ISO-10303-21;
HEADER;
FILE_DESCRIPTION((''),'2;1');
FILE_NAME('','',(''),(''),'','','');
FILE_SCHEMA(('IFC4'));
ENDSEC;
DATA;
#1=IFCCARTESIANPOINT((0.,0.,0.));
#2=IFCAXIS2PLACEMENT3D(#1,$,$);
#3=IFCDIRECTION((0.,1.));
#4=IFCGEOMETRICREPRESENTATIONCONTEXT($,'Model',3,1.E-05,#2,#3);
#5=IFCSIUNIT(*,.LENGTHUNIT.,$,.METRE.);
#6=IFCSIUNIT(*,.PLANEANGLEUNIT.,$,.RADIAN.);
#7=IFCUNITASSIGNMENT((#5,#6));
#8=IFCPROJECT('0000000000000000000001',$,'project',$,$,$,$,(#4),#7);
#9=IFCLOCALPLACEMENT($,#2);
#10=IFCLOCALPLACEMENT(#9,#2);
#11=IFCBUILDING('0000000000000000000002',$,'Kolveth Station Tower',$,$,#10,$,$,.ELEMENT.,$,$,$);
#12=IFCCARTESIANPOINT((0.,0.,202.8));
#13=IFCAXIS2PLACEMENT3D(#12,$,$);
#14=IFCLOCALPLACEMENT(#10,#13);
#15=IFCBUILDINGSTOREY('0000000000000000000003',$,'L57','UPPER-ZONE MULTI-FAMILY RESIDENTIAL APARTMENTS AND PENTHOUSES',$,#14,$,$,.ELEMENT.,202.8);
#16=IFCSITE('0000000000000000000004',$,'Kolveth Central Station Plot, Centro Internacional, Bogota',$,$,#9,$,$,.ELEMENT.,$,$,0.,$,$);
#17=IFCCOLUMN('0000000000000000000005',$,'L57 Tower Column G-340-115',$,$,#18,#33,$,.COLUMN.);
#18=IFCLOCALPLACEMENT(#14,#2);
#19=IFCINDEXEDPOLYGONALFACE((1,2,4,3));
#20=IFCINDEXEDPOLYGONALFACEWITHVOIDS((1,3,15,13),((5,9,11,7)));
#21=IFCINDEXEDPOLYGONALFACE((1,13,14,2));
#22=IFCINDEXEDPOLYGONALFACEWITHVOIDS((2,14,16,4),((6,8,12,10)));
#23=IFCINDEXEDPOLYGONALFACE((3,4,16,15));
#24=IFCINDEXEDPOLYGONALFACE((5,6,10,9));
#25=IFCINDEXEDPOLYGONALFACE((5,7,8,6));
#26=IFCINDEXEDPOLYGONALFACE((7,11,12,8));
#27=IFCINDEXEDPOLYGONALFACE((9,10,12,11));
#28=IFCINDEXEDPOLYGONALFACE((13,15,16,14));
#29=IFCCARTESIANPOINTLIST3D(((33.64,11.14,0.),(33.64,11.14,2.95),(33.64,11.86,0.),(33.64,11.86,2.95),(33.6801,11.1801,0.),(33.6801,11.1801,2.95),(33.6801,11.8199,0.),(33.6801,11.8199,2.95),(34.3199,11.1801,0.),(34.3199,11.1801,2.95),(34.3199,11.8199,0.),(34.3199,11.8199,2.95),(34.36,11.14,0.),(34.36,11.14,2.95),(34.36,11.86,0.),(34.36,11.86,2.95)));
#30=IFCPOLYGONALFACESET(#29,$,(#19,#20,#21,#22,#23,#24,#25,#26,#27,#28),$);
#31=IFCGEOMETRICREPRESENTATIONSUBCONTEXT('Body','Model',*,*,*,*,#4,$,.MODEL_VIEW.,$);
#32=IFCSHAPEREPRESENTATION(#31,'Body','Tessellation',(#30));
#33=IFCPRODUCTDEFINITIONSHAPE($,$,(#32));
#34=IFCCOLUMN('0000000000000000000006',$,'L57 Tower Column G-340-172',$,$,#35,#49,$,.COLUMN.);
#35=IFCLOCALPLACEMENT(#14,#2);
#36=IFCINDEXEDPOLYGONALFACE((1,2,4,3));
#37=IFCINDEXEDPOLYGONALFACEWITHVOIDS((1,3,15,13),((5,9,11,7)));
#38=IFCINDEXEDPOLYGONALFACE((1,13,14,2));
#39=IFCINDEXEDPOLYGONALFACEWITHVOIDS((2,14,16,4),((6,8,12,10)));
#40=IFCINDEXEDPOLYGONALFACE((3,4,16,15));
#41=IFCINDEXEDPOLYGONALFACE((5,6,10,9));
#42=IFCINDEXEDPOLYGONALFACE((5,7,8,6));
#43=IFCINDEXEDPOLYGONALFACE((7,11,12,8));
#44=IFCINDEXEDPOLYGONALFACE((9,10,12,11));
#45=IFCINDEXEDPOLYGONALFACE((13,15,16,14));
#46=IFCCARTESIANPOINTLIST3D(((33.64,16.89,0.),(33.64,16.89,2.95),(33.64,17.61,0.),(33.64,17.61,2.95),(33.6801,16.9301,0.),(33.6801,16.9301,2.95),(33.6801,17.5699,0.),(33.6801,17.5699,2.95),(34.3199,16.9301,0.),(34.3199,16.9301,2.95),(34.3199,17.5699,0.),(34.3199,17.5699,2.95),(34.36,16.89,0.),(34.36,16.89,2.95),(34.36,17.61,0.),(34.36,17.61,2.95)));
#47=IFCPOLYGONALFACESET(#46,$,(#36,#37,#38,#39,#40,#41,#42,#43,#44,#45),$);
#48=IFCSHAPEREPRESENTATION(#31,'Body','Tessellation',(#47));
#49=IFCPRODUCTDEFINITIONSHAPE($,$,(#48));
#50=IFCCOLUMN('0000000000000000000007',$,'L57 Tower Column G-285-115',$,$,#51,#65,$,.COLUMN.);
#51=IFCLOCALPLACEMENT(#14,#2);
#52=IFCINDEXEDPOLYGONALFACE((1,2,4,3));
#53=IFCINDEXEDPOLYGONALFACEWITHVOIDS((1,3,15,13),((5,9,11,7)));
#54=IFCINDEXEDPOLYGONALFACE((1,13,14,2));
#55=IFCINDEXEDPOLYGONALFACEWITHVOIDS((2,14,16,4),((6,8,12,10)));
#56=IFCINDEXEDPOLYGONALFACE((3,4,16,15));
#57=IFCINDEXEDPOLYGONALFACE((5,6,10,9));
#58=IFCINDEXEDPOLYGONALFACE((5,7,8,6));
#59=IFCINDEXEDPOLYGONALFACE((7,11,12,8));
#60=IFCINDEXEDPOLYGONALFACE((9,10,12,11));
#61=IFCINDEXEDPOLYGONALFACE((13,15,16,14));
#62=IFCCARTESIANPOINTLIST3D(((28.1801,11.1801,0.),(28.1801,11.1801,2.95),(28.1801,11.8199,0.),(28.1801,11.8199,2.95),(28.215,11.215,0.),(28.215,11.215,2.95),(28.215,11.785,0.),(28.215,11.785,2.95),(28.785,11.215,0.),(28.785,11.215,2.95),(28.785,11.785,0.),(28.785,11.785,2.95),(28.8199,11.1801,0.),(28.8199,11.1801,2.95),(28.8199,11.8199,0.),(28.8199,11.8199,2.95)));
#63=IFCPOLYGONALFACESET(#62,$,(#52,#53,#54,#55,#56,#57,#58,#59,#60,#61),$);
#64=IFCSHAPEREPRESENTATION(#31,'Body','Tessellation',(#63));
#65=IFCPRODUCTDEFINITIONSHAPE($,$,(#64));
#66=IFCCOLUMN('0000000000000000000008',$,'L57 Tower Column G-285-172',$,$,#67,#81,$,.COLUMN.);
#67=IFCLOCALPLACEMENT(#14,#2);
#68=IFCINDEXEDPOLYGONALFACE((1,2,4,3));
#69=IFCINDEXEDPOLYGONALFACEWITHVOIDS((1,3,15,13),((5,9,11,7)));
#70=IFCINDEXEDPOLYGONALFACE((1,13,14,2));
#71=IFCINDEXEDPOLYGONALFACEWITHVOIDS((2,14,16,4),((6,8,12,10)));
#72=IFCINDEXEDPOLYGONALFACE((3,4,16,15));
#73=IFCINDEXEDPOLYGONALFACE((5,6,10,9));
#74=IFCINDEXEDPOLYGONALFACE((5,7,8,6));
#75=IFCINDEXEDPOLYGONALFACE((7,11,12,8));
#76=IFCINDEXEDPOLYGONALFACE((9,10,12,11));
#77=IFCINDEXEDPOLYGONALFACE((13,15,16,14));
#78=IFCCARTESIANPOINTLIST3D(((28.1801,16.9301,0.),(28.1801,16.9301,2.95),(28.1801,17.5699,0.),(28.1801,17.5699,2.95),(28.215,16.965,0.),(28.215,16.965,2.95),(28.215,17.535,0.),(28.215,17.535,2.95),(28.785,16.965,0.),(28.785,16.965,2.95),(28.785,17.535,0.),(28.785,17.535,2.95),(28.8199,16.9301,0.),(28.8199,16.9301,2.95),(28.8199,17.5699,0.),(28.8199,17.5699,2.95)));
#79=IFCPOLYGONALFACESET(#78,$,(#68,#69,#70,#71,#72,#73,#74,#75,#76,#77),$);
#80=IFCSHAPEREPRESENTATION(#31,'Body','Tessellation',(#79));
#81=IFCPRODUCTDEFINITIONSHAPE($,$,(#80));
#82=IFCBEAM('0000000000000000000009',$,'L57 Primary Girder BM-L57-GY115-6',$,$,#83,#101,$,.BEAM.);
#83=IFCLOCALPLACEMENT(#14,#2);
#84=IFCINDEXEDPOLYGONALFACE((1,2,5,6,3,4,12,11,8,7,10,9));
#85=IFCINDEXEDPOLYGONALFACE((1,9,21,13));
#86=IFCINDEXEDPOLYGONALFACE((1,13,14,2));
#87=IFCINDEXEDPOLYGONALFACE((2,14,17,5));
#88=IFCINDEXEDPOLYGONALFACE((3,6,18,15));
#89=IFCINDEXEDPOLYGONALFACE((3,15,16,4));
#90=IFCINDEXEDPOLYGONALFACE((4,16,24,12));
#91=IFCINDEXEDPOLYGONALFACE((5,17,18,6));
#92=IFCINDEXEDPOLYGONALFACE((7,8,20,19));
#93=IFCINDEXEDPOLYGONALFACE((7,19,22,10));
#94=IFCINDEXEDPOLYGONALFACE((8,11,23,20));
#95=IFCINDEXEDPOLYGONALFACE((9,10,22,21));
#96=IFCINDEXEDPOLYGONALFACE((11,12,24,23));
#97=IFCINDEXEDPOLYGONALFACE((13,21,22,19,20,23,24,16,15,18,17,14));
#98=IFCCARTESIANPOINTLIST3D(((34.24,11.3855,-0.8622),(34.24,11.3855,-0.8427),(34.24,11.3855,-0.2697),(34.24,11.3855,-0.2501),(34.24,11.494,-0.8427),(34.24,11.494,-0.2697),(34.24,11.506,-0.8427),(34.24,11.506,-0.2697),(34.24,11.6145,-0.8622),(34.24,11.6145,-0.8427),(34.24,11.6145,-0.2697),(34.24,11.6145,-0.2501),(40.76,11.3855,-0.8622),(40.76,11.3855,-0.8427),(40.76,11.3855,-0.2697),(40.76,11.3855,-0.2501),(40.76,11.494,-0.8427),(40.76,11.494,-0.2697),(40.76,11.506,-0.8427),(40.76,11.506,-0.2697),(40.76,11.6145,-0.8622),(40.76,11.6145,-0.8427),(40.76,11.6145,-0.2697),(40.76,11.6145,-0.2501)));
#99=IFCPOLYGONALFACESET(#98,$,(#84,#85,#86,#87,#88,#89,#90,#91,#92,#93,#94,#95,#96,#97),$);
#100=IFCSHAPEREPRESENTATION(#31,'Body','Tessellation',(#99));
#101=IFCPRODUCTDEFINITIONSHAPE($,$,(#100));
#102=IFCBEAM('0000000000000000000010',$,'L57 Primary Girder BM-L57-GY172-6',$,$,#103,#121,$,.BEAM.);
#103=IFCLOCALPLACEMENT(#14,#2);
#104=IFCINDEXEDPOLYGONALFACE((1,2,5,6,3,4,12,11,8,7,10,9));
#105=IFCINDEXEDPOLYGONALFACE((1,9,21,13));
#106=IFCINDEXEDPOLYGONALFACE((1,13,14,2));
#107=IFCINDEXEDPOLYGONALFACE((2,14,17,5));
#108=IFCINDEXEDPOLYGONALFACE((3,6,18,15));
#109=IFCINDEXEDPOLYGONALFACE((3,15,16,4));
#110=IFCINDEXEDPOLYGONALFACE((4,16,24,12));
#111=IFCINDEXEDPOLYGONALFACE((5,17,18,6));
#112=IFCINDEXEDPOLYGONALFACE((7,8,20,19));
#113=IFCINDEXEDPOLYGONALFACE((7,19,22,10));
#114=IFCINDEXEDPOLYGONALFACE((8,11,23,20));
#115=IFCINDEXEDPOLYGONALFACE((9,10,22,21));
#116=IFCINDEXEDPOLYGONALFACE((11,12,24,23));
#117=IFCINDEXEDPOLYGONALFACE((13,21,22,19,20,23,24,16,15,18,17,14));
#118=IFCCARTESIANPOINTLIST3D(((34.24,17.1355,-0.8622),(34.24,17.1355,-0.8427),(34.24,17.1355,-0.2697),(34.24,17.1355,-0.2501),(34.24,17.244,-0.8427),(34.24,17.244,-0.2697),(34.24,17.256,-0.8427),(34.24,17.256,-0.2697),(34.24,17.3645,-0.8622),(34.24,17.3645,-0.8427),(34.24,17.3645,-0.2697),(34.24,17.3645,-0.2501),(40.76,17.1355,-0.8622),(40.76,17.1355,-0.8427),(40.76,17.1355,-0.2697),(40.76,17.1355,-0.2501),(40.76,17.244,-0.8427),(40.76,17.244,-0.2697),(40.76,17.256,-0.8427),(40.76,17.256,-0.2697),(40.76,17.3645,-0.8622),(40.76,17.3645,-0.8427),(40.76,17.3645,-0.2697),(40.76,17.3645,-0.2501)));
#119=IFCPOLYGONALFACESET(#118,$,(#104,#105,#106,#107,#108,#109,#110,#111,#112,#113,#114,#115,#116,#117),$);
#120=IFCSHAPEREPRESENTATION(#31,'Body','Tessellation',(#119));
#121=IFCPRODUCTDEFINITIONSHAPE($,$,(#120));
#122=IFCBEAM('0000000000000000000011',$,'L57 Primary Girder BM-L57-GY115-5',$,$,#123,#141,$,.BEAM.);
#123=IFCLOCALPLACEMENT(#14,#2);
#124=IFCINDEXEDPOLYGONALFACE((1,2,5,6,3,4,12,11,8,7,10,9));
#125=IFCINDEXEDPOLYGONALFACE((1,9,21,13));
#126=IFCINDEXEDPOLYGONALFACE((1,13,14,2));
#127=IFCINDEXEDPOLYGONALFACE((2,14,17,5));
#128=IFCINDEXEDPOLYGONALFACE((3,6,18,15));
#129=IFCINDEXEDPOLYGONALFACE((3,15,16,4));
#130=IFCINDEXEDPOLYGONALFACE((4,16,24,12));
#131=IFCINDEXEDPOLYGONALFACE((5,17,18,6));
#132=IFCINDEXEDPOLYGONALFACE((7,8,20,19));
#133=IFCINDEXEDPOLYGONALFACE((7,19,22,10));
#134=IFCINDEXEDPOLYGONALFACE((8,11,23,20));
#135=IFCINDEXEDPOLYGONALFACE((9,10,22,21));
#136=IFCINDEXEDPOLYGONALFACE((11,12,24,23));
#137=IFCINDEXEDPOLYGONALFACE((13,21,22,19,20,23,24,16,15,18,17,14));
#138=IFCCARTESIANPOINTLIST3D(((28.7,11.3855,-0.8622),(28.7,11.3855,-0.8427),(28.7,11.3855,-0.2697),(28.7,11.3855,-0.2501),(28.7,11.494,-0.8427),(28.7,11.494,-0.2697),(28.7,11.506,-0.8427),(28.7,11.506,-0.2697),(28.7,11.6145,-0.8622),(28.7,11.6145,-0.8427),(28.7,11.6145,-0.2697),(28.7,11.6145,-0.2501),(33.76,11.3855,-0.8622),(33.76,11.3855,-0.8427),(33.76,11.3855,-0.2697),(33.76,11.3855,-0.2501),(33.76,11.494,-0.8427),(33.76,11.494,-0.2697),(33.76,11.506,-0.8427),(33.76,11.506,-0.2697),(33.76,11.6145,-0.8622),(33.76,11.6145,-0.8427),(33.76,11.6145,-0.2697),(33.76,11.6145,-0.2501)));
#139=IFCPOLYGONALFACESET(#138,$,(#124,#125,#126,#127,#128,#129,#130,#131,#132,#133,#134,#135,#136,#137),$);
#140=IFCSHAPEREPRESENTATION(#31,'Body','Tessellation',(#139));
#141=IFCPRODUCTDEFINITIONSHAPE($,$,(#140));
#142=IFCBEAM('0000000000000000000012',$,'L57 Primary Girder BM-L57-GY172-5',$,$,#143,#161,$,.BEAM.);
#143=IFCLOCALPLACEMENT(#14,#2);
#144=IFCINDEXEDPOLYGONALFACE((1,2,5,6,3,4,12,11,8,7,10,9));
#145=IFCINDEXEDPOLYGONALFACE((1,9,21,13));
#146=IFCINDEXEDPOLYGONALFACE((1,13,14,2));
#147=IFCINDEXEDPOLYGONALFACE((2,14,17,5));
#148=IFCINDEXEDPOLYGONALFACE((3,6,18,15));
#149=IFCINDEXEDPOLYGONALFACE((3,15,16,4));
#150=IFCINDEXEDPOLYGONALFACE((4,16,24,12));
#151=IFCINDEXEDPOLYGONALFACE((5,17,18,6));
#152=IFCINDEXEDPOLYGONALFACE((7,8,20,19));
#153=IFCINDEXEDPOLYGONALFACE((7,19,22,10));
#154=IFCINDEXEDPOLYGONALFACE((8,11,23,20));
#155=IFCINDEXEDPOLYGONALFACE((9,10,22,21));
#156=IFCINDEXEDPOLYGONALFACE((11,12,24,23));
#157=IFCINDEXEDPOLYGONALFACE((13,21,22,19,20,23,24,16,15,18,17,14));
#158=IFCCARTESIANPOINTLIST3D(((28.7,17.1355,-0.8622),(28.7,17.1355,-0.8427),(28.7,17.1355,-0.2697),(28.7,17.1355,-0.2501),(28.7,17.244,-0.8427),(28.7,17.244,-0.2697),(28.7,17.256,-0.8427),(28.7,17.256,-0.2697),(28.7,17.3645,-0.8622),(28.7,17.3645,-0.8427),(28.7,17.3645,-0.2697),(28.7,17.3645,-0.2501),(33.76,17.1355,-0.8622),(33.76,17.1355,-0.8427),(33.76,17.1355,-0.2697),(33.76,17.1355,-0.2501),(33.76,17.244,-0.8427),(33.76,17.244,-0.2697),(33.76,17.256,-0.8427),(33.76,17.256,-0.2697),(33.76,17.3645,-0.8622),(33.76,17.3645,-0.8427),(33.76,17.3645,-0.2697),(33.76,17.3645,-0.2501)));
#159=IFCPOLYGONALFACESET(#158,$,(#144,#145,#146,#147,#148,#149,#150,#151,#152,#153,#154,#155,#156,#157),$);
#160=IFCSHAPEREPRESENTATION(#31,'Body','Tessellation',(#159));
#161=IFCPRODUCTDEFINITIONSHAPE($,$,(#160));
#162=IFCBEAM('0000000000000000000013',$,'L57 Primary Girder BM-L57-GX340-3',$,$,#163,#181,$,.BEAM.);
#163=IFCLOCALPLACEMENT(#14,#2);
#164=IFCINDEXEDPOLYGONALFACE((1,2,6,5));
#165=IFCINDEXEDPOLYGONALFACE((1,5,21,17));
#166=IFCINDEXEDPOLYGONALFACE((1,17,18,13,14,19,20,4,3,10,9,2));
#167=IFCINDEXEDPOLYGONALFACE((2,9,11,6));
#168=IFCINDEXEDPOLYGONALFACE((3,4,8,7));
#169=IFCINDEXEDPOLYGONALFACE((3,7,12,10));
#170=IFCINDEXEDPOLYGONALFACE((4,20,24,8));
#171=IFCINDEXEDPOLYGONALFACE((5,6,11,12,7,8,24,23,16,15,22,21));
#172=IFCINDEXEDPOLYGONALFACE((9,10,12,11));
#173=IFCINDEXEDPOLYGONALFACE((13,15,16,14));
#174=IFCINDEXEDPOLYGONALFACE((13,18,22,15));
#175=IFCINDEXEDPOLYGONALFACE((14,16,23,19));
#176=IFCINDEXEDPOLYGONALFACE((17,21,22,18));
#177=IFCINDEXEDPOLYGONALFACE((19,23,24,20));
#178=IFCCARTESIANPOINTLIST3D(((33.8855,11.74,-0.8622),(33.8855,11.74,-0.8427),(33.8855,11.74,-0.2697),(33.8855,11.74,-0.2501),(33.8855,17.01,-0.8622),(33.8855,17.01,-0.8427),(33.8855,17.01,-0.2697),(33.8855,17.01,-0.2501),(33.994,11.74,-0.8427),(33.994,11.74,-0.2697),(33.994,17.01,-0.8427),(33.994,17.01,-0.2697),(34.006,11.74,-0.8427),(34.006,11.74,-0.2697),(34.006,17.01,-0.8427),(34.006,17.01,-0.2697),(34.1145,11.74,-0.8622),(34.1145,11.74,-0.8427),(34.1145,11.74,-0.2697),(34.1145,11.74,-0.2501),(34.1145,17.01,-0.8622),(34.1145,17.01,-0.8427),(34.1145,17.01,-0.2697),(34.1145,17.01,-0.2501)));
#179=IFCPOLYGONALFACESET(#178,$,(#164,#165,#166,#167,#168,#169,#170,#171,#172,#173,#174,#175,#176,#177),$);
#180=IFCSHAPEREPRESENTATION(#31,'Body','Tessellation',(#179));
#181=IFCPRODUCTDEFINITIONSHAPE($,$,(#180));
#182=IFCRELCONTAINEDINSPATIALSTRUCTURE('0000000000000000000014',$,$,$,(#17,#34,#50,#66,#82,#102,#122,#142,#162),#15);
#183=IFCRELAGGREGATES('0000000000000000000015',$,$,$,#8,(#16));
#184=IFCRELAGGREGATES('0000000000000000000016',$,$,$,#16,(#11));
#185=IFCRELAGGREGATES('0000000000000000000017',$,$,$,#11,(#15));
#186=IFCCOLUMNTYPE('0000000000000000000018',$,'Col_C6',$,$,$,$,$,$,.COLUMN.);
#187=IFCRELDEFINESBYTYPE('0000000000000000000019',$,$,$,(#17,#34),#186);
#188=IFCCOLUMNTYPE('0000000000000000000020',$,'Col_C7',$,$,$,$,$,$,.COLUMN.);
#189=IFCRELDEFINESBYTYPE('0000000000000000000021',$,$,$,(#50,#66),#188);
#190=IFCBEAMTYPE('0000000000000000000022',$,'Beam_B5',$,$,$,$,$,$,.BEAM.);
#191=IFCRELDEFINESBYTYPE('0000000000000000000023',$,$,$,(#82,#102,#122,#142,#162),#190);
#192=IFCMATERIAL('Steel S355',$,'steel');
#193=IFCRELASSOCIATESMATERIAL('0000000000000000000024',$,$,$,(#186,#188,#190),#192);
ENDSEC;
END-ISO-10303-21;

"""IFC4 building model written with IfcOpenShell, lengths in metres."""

from ifc_helpers import new_model, si_unit, direction, frame, origin, origin_2d, place, context, subcontext, project, spatial, hollow_rectangle, i_section, extrude, source, transform, mapped, material, material_profile, profile_set, type_object, element, save


model = new_model("IFC4")

# Units and contexts
model_context = context("Model", 3, precision=1e-05, world=origin(), true_north=direction((0.0, 1.0)))
body_context = subcontext(model_context, "Body", "Model", "MODEL_VIEW")
ifc_project = project(units=[si_unit("LENGTHUNIT", "METRE"), si_unit("PLANEANGLEUNIT", "RADIAN")], contexts=[model_context])

# Site, building, storey
site_placement = place(None, origin())
site = spatial("IfcSite", under=ifc_project, at=site_placement, Name="Kolveth Central Station Plot, Centro Internacional, Bogota", CompositionType="ELEMENT", RefElevation=0.0)
building_placement = place(site_placement, origin())
building = spatial("IfcBuilding", under=site, at=building_placement, Name="Kolveth Station Tower", CompositionType="ELEMENT")
storey_placement = place(building_placement, frame((0.0, 0.0, 202.8)))
storey = spatial("IfcBuildingStorey", under=building, at=storey_placement, Name="L57", Description="UPPER-ZONE MULTI-FAMILY RESIDENTIAL APARTMENTS AND PENTHOUSES", CompositionType="ELEMENT", Elevation=202.8)

# Columns
ifc_material_1 = material(Name="Steel S355", Category="steel")
ifc_material_profile_1 = material_profile(ifc_material_1, hollow_rectangle(XDim=0.72, YDim=0.72, WallThickness=0.04, at=origin_2d()), Name="BOX720x720x40")
ifc_profile_set_1 = profile_set([ifc_material_profile_1], Name="Steel S355")
column_type_1 = type_object("IfcColumnType", Name="Col_C6", PredefinedType="COLUMN", material=ifc_profile_set_1)
shared_shape_1 = source(origin(), body_context, "Body", "SweptSolid", [
    extrude(hollow_rectangle(XDim=0.72, YDim=0.72, WallThickness=0.04, at=origin_2d()), origin(), (0.0, 0.0, 1.0), 2.95),
])
for number, where, z_axis, x_axis, name in (
    (1, (34.0, 11.5, 0.0), (0.0, 0.0, 1.0), (1.0, 0.0, 0.0), "L57 Tower Column G-340-115"),
    (2, (34.0, 17.25, 0.0), (0.0, 0.0, 1.0), (1.0, 0.0, 0.0), "L57 Tower Column G-340-172"),
):
    element("IfcColumn", number, at=place(storey_placement, frame(where, z_axis=z_axis, x_axis=x_axis)), inside=storey, type_object=column_type_1, Name=name, PredefinedType="COLUMN", context=body_context, shape_type="MappedRepresentation", body=[
        mapped(shared_shape_1, transform((0.0, 0.0, 0.0), x_axis=(1.0, 0.0, 0.0), y_axis=(0.0, 1.0, 0.0), z_axis=(0.0, 0.0, 1.0), scale=1.0)),
    ])
ifc_material_profile_2 = material_profile(ifc_material_1, hollow_rectangle(XDim=0.6399, YDim=0.6399, WallThickness=0.0349, at=origin_2d()), Name="BOX640x640x35")
ifc_profile_set_2 = profile_set([ifc_material_profile_2], Name="Steel S355")
column_type_2 = type_object("IfcColumnType", Name="Col_C7", PredefinedType="COLUMN", material=ifc_profile_set_2)
shared_shape_2 = source(origin(), body_context, "Body", "SweptSolid", [
    extrude(hollow_rectangle(XDim=0.6399, YDim=0.6399, WallThickness=0.0349, at=origin_2d()), origin(), (0.0, 0.0, 1.0), 2.95),
])
for number, where, z_axis, x_axis, name in (
    (3, (28.5, 11.5, 0.0), (0.0, 0.0, 1.0), (1.0, 0.0, 0.0), "L57 Tower Column G-285-115"),
    (4, (28.5, 17.25, 0.0), (0.0, 0.0, 1.0), (1.0, 0.0, 0.0), "L57 Tower Column G-285-172"),
):
    element("IfcColumn", number, at=place(storey_placement, frame(where, z_axis=z_axis, x_axis=x_axis)), inside=storey, type_object=column_type_2, Name=name, PredefinedType="COLUMN", context=body_context, shape_type="MappedRepresentation", body=[
        mapped(shared_shape_2, transform((0.0, 0.0, 0.0), x_axis=(1.0, 0.0, 0.0), y_axis=(0.0, 1.0, 0.0), z_axis=(0.0, 0.0, 1.0), scale=1.0)),
    ])

# Beams
ifc_material_profile_3 = material_profile(ifc_material_1, i_section(OverallWidth=0.229, OverallDepth=0.6121, WebThickness=0.012, FlangeThickness=0.0195, at=origin_2d()), Name="W610x125")
ifc_profile_set_3 = profile_set([ifc_material_profile_3], Name="Steel S355")
beam_type_1 = type_object("IfcBeamType", Name="Beam_B5", PredefinedType="BEAM", material=ifc_profile_set_3)
shared_shape_3 = source(origin(), body_context, "Body", "SweptSolid", [
    extrude(i_section(OverallWidth=0.229, OverallDepth=0.6121, WebThickness=0.012, FlangeThickness=0.0195, at=origin_2d()), origin(), (0.0, 0.0, 1.0), 6.52),
])
for number, where, z_axis, x_axis, name in (
    (5, (34.24, 11.5, -0.5562), (1.0, 0.0, 0.0), (0.0, 1.0, 0.0), "L57 Primary Girder BM-L57-GY115-6"),
    (6, (34.24, 17.25, -0.5562), (1.0, 0.0, 0.0), (0.0, 1.0, 0.0), "L57 Primary Girder BM-L57-GY172-6"),
):
    element("IfcBeam", number, at=place(storey_placement, frame(where, z_axis=z_axis, x_axis=x_axis)), inside=storey, type_object=beam_type_1, Name=name, PredefinedType="BEAM", context=body_context, shape_type="MappedRepresentation", body=[
        mapped(shared_shape_3, transform((0.0, 0.0, 0.0), x_axis=(1.0, 0.0, 0.0), y_axis=(0.0, 1.0, 0.0), z_axis=(0.0, 0.0, 1.0), scale=1.0)),
    ])
shared_shape_4 = source(origin(), body_context, "Body", "SweptSolid", [
    extrude(i_section(OverallWidth=0.229, OverallDepth=0.6121, WebThickness=0.012, FlangeThickness=0.0195, at=origin_2d()), origin(), (0.0, 0.0, 1.0), 5.0601),
])
for number, where, z_axis, x_axis, name in (
    (7, (28.7, 11.5, -0.5562), (1.0, 0.0, 0.0), (0.0, 1.0, 0.0), "L57 Primary Girder BM-L57-GY115-5"),
    (8, (28.7, 17.25, -0.5562), (1.0, 0.0, 0.0), (0.0, 1.0, 0.0), "L57 Primary Girder BM-L57-GY172-5"),
):
    element("IfcBeam", number, at=place(storey_placement, frame(where, z_axis=z_axis, x_axis=x_axis)), inside=storey, type_object=beam_type_1, Name=name, PredefinedType="BEAM", context=body_context, shape_type="MappedRepresentation", body=[
        mapped(shared_shape_4, transform((0.0, 0.0, 0.0), x_axis=(1.0, 0.0, 0.0), y_axis=(0.0, 1.0, 0.0), z_axis=(0.0, 0.0, 1.0), scale=1.0)),
    ])
shared_shape_5 = source(origin(), body_context, "Body", "SweptSolid", [
    extrude(i_section(OverallWidth=0.229, OverallDepth=0.6121, WebThickness=0.012, FlangeThickness=0.0195, at=origin_2d()), origin(), (0.0, 0.0, 1.0), 5.27),
])
for number, where, z_axis, x_axis, name in (
    (9, (34.0, 11.74, -0.5562), (0.0, 1.0, 0.0), (-1.0, 0.0, 0.0), "L57 Primary Girder BM-L57-GX340-3"),
):
    element("IfcBeam", number, at=place(storey_placement, frame(where, z_axis=z_axis, x_axis=x_axis)), inside=storey, type_object=beam_type_1, Name=name, PredefinedType="BEAM", context=body_context, shape_type="MappedRepresentation", body=[
        mapped(shared_shape_5, transform((0.0, 0.0, 0.0), x_axis=(1.0, 0.0, 0.0), y_axis=(0.0, 1.0, 0.0), z_axis=(0.0, 0.0, 1.0), scale=1.0)),
    ])

save(model, "model.ifc")
